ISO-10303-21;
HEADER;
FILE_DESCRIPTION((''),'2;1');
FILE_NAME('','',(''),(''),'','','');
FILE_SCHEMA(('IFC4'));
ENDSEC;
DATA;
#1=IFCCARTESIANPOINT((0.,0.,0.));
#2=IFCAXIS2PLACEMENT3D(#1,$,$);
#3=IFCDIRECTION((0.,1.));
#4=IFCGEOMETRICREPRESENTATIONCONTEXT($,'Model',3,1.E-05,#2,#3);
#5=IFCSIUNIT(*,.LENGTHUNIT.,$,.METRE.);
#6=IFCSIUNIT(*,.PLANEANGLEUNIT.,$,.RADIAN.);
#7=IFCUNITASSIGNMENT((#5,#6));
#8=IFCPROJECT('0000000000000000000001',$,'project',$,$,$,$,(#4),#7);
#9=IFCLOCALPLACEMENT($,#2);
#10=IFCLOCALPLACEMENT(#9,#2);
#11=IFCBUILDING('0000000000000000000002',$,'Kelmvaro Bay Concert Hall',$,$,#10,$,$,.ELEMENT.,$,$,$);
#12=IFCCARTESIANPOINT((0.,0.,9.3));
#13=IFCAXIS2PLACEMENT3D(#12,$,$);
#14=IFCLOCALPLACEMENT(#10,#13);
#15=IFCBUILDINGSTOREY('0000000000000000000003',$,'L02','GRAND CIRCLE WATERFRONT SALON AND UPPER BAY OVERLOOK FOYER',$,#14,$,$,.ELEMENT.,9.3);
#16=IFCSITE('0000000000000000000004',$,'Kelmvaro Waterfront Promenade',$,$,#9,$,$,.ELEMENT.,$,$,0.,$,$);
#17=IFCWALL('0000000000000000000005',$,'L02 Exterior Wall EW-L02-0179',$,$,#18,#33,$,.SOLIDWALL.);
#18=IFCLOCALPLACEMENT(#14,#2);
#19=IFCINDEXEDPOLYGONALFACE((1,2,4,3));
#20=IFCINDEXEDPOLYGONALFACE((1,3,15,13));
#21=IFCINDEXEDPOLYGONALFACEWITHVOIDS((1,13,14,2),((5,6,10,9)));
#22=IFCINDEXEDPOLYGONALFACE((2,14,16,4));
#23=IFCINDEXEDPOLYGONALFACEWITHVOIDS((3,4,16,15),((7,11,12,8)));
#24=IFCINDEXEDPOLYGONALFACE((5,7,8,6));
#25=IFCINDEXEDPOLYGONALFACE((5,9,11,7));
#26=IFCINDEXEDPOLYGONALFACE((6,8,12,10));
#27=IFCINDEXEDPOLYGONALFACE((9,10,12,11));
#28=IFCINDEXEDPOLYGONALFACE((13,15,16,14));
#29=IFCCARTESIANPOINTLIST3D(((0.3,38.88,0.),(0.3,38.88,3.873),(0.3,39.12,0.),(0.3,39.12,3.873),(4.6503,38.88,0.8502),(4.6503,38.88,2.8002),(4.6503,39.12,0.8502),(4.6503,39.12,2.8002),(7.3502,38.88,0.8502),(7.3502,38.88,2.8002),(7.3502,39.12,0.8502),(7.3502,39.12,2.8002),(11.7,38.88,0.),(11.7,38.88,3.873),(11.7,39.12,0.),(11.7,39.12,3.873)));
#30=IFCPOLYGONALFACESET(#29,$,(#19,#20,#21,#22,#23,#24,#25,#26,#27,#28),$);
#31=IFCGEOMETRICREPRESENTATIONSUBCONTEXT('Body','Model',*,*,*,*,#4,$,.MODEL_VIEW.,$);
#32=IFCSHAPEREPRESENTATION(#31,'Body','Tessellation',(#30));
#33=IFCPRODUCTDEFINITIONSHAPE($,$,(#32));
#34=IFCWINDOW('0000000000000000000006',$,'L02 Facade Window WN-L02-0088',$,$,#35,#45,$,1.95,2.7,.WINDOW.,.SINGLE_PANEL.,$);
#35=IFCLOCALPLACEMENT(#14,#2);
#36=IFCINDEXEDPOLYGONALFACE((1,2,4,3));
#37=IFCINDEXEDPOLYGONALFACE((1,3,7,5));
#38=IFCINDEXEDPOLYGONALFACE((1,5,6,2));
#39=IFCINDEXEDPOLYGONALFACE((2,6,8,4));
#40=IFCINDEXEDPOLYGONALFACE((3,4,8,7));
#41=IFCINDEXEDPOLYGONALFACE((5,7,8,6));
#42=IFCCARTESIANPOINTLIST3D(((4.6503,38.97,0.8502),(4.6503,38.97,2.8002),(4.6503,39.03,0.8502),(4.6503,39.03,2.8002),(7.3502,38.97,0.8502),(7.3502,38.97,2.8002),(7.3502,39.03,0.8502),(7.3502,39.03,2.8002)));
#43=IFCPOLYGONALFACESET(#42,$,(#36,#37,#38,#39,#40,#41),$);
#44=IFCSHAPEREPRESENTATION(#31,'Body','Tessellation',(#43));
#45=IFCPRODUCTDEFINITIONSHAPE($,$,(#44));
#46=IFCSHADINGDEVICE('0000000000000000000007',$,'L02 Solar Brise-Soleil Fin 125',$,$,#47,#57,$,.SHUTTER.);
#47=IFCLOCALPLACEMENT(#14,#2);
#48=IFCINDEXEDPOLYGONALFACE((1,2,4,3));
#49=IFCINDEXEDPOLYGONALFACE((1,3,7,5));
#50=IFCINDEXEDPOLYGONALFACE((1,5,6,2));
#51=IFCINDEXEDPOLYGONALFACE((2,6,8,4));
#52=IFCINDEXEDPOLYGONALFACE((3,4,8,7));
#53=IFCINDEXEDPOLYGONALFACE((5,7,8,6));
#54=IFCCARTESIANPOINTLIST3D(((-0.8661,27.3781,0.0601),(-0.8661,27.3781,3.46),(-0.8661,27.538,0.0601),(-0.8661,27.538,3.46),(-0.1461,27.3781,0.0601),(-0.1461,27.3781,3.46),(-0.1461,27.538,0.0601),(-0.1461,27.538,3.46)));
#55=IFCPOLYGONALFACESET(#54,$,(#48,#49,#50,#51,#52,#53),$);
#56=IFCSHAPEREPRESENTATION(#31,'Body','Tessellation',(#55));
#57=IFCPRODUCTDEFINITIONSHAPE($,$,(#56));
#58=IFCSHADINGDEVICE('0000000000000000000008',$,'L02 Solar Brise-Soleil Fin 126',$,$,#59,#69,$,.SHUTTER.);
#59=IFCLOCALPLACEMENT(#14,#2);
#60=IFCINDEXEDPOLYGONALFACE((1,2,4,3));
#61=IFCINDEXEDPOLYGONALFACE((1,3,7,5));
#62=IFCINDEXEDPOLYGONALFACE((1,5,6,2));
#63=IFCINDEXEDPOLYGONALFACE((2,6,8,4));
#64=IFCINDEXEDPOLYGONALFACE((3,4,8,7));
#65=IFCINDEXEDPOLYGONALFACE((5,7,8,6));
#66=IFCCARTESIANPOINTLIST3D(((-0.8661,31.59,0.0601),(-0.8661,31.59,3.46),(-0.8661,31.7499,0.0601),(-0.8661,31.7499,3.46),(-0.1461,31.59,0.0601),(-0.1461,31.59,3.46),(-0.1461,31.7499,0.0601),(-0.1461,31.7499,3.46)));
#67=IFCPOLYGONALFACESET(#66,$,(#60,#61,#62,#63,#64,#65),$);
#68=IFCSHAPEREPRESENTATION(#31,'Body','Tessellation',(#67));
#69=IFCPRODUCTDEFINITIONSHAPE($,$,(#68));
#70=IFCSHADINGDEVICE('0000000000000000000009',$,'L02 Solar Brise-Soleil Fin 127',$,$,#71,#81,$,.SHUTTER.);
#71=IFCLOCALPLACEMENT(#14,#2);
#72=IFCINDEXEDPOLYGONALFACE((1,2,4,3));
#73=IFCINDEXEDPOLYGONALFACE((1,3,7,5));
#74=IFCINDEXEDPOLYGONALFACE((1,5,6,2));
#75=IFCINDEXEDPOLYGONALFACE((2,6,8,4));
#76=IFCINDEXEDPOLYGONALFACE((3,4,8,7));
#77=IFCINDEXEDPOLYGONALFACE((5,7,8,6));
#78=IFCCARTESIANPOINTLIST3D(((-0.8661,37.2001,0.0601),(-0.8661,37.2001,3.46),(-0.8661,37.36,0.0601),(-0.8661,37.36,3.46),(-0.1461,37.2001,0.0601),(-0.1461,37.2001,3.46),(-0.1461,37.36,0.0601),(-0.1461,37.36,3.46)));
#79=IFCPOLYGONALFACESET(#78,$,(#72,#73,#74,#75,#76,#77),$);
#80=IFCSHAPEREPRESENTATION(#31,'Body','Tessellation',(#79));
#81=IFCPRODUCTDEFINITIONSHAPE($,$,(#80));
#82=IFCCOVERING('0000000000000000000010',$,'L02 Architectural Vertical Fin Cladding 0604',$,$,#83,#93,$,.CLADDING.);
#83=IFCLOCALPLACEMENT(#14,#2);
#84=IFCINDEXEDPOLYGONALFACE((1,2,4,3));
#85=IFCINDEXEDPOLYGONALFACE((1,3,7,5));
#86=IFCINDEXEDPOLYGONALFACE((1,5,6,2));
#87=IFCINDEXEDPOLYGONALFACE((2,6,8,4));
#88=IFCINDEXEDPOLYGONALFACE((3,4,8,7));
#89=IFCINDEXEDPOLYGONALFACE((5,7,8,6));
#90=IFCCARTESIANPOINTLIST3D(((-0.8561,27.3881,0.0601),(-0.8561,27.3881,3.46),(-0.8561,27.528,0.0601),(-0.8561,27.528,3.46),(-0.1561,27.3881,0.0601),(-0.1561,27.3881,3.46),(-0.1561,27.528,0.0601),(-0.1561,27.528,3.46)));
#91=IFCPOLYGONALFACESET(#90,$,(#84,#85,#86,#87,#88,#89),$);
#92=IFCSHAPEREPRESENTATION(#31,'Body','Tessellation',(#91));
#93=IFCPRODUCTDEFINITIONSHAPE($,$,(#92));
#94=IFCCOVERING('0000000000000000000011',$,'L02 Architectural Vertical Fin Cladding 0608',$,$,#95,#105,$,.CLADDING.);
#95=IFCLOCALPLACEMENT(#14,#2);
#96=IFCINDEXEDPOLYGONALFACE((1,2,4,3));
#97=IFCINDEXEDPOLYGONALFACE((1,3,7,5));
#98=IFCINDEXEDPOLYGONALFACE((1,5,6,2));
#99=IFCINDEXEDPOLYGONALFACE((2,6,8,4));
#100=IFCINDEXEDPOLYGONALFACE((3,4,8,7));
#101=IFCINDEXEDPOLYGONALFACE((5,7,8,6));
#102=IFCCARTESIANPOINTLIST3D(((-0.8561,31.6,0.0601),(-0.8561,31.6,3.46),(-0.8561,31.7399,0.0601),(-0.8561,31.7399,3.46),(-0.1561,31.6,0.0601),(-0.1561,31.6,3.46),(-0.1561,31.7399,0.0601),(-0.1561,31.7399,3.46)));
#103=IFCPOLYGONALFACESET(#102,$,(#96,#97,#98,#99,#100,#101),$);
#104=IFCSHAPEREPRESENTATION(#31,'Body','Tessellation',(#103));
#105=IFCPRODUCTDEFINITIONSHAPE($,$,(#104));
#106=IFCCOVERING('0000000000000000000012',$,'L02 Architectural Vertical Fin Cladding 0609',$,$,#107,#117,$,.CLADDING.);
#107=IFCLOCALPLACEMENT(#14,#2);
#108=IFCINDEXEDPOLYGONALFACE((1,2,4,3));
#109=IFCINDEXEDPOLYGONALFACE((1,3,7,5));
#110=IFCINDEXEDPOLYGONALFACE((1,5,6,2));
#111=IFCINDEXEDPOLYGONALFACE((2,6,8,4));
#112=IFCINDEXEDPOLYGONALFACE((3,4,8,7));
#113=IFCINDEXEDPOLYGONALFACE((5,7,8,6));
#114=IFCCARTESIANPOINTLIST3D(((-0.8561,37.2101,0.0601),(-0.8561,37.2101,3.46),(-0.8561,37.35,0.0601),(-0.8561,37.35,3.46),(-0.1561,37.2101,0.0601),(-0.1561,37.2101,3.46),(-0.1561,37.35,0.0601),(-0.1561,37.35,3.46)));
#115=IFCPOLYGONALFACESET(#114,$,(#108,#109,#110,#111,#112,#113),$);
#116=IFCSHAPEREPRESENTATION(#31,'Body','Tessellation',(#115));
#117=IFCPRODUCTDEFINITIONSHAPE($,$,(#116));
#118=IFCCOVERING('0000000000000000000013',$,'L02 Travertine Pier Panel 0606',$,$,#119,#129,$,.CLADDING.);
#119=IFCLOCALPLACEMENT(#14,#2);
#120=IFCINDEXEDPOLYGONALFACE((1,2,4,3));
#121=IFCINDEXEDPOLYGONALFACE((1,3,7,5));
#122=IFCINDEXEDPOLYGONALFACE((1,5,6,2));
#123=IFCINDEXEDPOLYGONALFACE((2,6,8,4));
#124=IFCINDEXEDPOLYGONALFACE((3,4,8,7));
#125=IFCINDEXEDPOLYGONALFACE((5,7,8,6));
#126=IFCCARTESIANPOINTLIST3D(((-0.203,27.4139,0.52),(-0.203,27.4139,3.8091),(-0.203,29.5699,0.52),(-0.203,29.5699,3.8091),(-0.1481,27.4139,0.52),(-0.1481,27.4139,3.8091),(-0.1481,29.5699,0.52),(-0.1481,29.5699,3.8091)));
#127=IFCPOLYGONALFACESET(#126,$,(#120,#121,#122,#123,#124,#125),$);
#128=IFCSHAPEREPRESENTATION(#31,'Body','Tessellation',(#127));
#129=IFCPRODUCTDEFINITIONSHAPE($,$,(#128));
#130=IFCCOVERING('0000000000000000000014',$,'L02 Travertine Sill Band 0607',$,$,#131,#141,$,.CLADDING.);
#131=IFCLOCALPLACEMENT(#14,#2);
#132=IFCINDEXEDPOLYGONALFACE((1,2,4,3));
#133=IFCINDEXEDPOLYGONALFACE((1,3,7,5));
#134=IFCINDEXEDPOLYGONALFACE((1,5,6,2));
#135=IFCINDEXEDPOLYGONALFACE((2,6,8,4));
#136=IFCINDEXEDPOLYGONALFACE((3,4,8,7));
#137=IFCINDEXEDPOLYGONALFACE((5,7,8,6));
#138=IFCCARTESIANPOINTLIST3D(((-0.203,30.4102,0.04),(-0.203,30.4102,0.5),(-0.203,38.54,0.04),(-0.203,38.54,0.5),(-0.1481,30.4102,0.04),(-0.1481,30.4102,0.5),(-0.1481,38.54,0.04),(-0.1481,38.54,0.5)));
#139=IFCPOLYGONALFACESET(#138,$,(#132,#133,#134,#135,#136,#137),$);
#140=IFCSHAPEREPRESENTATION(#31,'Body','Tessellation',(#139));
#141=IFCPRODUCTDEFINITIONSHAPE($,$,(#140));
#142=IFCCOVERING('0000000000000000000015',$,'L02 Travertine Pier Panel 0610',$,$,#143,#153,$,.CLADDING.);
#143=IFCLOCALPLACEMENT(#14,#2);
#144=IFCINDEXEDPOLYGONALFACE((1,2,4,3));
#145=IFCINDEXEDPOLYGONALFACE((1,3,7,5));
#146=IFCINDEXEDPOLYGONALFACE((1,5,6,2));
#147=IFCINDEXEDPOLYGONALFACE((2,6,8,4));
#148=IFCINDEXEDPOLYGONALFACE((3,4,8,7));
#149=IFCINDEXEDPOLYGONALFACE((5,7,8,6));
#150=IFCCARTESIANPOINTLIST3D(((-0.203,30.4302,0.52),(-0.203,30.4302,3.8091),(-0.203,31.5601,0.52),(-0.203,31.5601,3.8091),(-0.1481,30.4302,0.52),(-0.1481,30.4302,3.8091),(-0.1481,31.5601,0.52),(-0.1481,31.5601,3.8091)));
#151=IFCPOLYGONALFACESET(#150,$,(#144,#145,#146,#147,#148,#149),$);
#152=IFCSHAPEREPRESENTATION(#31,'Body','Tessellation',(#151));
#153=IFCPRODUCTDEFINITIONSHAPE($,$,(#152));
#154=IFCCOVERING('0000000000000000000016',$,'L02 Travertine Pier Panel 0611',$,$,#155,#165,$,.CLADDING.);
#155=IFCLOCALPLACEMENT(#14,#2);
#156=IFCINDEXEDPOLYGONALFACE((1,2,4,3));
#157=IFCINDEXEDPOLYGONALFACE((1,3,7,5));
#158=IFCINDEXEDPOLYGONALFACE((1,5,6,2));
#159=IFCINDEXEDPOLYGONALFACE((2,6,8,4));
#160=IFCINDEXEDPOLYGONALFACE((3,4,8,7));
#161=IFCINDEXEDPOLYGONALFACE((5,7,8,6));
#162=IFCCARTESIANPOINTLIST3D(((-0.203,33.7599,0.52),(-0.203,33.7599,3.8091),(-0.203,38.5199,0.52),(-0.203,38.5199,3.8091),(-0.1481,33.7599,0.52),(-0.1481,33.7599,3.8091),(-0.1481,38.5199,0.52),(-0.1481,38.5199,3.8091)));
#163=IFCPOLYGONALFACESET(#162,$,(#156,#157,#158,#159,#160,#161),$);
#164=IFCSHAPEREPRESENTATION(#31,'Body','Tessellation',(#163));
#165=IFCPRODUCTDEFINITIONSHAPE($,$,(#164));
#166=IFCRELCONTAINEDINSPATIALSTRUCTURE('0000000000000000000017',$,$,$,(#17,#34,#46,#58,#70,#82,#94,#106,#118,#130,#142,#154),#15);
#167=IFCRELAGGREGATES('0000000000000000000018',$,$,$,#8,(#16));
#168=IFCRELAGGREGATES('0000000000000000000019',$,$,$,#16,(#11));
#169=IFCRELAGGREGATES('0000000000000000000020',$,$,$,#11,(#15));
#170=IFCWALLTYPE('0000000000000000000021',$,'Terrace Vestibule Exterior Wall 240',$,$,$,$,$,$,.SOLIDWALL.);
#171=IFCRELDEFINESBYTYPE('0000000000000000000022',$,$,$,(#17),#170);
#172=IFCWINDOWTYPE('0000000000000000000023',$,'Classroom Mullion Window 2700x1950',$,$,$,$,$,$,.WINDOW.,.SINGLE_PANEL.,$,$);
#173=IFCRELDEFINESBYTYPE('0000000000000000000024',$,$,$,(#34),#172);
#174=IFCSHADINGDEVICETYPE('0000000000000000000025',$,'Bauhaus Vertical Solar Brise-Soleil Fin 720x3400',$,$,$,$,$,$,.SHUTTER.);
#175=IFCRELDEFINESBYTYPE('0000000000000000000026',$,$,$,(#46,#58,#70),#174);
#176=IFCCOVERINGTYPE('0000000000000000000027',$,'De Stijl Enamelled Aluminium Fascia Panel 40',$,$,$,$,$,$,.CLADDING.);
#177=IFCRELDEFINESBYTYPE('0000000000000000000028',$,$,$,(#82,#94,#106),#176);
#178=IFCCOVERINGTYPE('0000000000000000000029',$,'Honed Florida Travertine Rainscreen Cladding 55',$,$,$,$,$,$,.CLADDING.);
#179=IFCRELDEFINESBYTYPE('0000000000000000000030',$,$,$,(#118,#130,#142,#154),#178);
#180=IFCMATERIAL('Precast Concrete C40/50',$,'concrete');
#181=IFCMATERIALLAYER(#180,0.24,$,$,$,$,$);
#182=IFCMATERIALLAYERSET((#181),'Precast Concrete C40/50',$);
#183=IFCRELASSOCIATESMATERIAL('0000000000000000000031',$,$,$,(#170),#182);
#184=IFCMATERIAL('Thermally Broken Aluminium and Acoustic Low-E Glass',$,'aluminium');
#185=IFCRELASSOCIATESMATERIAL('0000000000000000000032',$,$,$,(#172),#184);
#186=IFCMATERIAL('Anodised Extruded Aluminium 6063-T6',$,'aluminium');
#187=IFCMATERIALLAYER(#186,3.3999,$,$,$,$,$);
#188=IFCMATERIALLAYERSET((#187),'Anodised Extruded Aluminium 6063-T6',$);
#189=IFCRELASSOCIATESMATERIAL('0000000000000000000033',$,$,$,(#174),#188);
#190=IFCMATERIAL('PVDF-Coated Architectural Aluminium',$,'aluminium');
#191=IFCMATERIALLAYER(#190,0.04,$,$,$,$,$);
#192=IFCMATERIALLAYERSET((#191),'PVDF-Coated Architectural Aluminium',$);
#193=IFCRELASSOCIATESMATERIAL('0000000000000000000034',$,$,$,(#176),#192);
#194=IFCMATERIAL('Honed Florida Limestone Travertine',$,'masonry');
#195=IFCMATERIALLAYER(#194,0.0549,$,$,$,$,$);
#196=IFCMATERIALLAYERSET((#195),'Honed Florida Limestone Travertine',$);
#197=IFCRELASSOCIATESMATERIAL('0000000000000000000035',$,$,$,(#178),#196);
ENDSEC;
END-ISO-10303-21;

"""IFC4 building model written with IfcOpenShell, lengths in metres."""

from ifc_helpers import new_model, si_unit, direction, frame, frame_2d, origin, origin_2d, place, context, subcontext, project, spatial, rectangle, extrude, material, layer, layer_set, type_object, element, fill, save


model = new_model("IFC4")

# Units and contexts
model_context = context("Model", 3, precision=1e-05, world=origin(), true_north=direction((0.0, 1.0)))
body_context = subcontext(model_context, "Body", "Model", "MODEL_VIEW")
ifc_project = project(units=[si_unit("LENGTHUNIT", "METRE"), si_unit("PLANEANGLEUNIT", "RADIAN")], contexts=[model_context])

# Site, building, storey
site_placement = place(None, origin())
site = spatial("IfcSite", under=ifc_project, at=site_placement, Name="Kelmvaro Waterfront Promenade", CompositionType="ELEMENT", RefElevation=0.0)
building_placement = place(site_placement, origin())
building = spatial("IfcBuilding", under=site, at=building_placement, Name="Kelmvaro Bay Concert Hall", CompositionType="ELEMENT")
storey_placement = place(building_placement, frame((0.0, 0.0, 9.3)))
storey = spatial("IfcBuildingStorey", under=building, at=storey_placement, Name="L02", Description="GRAND CIRCLE WATERFRONT SALON AND UPPER BAY OVERLOOK FOYER", CompositionType="ELEMENT", Elevation=9.3)

# Wall, opening, window
ifc_material_1 = material(Name="Precast Concrete C40/50", Category="concrete")
ifc_layer_1 = layer(ifc_material_1, 0.24)
ifc_layer_set_1 = layer_set([ifc_layer_1], Name="Precast Concrete C40/50")
wall_type_1 = type_object("IfcWallType", Name="Terrace Vestibule Exterior Wall 240", PredefinedType="SOLIDWALL", material=ifc_layer_set_1)
wall_1_placement = place(storey_placement, frame((0.3, 39.0, 0.0), z_axis=(0.0, 0.0, 1.0), x_axis=(1.0, 0.0, 0.0)))
wall_1 = element("IfcWall", 1, at=wall_1_placement, inside=storey, type_object=wall_type_1, Name="L02 Exterior Wall EW-L02-0179", PredefinedType="SOLIDWALL", context=body_context, shape_type="SweptSolid", body=[
    extrude(rectangle(XDim=11.3999, YDim=0.24, at=frame_2d((5.7, 0.0))), origin(), (0.0, 0.0, 1.0), 3.873),
])
opening_1_placement = place(wall_1_placement, frame((4.3501, 0.0, 0.8501)))
opening_1 = element("IfcOpeningElement", 2, at=opening_1_placement, cuts=wall_1, PredefinedType="OPENING", context=body_context, shape_type="SweptSolid", body=[
    extrude(rectangle(XDim=2.7, YDim=1.95, at=frame_2d((1.3501, 0.9751))), frame((0.0, 0.1299, 0.0), z_axis=(0.0, -1.0, 0.0), x_axis=(1.0, 0.0, 0.0)), (0.0, 0.0, 1.0), 0.26),
])
ifc_material_2 = material(Name="Thermally Broken Aluminium and Acoustic Low-E Glass", Category="aluminium")
window_type_1 = type_object("IfcWindowType", Name="Classroom Mullion Window 2700x1950", PartitioningType="SINGLE_PANEL", PredefinedType="WINDOW", material=ifc_material_2)
window_1_placement = place(opening_1_placement, origin())
window_1 = element("IfcWindow", 3, at=window_1_placement, inside=storey, type_object=window_type_1, Name="L02 Facade Window WN-L02-0088", OverallHeight=1.95, OverallWidth=2.7, PartitioningType="SINGLE_PANEL", PredefinedType="WINDOW", context=body_context, shape_type="SweptSolid", body=[
    extrude(rectangle(XDim=2.7, YDim=1.95, at=frame_2d((1.3501, 0.9751))), frame((0.0, 0.03, 0.0), z_axis=(0.0, -1.0, 0.0), x_axis=(1.0, 0.0, 0.0)), (0.0, 0.0, 1.0), 0.0601),
])
fill(opening_1, window_1)

# Shading devices
ifc_material_3 = material(Name="Anodised Extruded Aluminium 6063-T6", Category="aluminium")
ifc_layer_2 = layer(ifc_material_3, 3.3999)
ifc_layer_set_2 = layer_set([ifc_layer_2], Name="Anodised Extruded Aluminium 6063-T6")
shading_device_type = type_object("IfcShadingDeviceType", Name="Bauhaus Vertical Solar Brise-Soleil Fin 720x3400", PredefinedType="SHUTTER", material=ifc_layer_set_2)
for number, where, z_axis, x_axis, name in (
    (4, (-0.5061, 27.458, 0.0601), (0.0, 0.0, 1.0), (0.0, 1.0, 0.0), "L02 Solar Brise-Soleil Fin 125"),
    (5, (-0.5061, 31.6699, 0.0601), (0.0, 0.0, 1.0), (0.0, 1.0, 0.0), "L02 Solar Brise-Soleil Fin 126"),
    (6, (-0.5061, 37.28, 0.0601), (0.0, 0.0, 1.0), (0.0, 1.0, 0.0), "L02 Solar Brise-Soleil Fin 127"),
):
    element("IfcShadingDevice", number, at=place(storey_placement, frame(where, z_axis=z_axis, x_axis=x_axis)), inside=storey, type_object=shading_device_type, Name=name, PredefinedType="SHUTTER", context=body_context, shape_type="SweptSolid", body=[
        extrude(rectangle(XDim=0.1599, YDim=0.72, at=origin_2d()), origin(), (0.0, 0.0, 1.0), 3.3999),
    ])

# Coverings
ifc_material_4 = material(Name="PVDF-Coated Architectural Aluminium", Category="aluminium")
ifc_layer_3 = layer(ifc_material_4, 0.04)
ifc_layer_set_3 = layer_set([ifc_layer_3], Name="PVDF-Coated Architectural Aluminium")
covering_type_1 = type_object("IfcCoveringType", Name="De Stijl Enamelled Aluminium Fascia Panel 40", PredefinedType="CLADDING", material=ifc_layer_set_3)
for number, where, z_axis, x_axis, name in (
    (7, (-0.5061, 27.458, 0.0601), (0.0, 0.0, 1.0), (0.0, 1.0, 0.0), "L02 Architectural Vertical Fin Cladding 0604"),
    (8, (-0.5061, 31.6699, 0.0601), (0.0, 0.0, 1.0), (0.0, 1.0, 0.0), "L02 Architectural Vertical Fin Cladding 0608"),
    (9, (-0.5061, 37.28, 0.0601), (0.0, 0.0, 1.0), (0.0, 1.0, 0.0), "L02 Architectural Vertical Fin Cladding 0609"),
):
    element("IfcCovering", number, at=place(storey_placement, frame(where, z_axis=z_axis, x_axis=x_axis)), inside=storey, type_object=covering_type_1, Name=name, PredefinedType="CLADDING", context=body_context, shape_type="SweptSolid", body=[
        extrude(rectangle(XDim=0.1399, YDim=0.7, at=origin_2d()), origin(), (0.0, 0.0, 1.0), 3.3999),
    ])
ifc_material_5 = material(Name="Honed Florida Limestone Travertine", Category="masonry")
ifc_layer_4 = layer(ifc_material_5, 0.0549)
ifc_layer_set_4 = layer_set([ifc_layer_4], Name="Honed Florida Limestone Travertine")
covering_type_2 = type_object("IfcCoveringType", Name="Honed Florida Travertine Rainscreen Cladding 55", PredefinedType="CLADDING", material=ifc_layer_set_4)
covering_1_placement = place(storey_placement, frame((-0.1755, 28.4919, 0.52), z_axis=(0.0, 0.0, 1.0), x_axis=(0.0, 1.0, 0.0)))
element("IfcCovering", 10, at=covering_1_placement, inside=storey, type_object=covering_type_2, Name="L02 Travertine Pier Panel 0606", PredefinedType="CLADDING", context=body_context, shape_type="SweptSolid", body=[
    extrude(rectangle(XDim=2.156, YDim=0.0549, at=origin_2d()), origin(), (0.0, 0.0, 1.0), 3.2891),
])
covering_2_placement = place(storey_placement, frame((-0.1755, 34.4751, 0.04), z_axis=(0.0, 0.0, 1.0), x_axis=(0.0, 1.0, 0.0)))
element("IfcCovering", 11, at=covering_2_placement, inside=storey, type_object=covering_type_2, Name="L02 Travertine Sill Band 0607", PredefinedType="CLADDING", context=body_context, shape_type="SweptSolid", body=[
    extrude(rectangle(XDim=8.1299, YDim=0.0549, at=origin_2d()), origin(), (0.0, 0.0, 1.0), 0.46),
])
covering_3_placement = place(storey_placement, frame((-0.1755, 30.9951, 0.52), z_axis=(0.0, 0.0, 1.0), x_axis=(0.0, 1.0, 0.0)))
element("IfcCovering", 12, at=covering_3_placement, inside=storey, type_object=covering_type_2, Name="L02 Travertine Pier Panel 0610", PredefinedType="CLADDING", context=body_context, shape_type="SweptSolid", body=[
    extrude(rectangle(XDim=1.1299, YDim=0.0549, at=origin_2d()), origin(), (0.0, 0.0, 1.0), 3.2891),
])
covering_4_placement = place(storey_placement, frame((-0.1755, 36.1399, 0.52), z_axis=(0.0, 0.0, 1.0), x_axis=(0.0, 1.0, 0.0)))
element("IfcCovering", 13, at=covering_4_placement, inside=storey, type_object=covering_type_2, Name="L02 Travertine Pier Panel 0611", PredefinedType="CLADDING", context=body_context, shape_type="SweptSolid", body=[
    extrude(rectangle(XDim=4.76, YDim=0.0549, at=origin_2d()), origin(), (0.0, 0.0, 1.0), 3.2891),
])

save(model, "model.ifc")
